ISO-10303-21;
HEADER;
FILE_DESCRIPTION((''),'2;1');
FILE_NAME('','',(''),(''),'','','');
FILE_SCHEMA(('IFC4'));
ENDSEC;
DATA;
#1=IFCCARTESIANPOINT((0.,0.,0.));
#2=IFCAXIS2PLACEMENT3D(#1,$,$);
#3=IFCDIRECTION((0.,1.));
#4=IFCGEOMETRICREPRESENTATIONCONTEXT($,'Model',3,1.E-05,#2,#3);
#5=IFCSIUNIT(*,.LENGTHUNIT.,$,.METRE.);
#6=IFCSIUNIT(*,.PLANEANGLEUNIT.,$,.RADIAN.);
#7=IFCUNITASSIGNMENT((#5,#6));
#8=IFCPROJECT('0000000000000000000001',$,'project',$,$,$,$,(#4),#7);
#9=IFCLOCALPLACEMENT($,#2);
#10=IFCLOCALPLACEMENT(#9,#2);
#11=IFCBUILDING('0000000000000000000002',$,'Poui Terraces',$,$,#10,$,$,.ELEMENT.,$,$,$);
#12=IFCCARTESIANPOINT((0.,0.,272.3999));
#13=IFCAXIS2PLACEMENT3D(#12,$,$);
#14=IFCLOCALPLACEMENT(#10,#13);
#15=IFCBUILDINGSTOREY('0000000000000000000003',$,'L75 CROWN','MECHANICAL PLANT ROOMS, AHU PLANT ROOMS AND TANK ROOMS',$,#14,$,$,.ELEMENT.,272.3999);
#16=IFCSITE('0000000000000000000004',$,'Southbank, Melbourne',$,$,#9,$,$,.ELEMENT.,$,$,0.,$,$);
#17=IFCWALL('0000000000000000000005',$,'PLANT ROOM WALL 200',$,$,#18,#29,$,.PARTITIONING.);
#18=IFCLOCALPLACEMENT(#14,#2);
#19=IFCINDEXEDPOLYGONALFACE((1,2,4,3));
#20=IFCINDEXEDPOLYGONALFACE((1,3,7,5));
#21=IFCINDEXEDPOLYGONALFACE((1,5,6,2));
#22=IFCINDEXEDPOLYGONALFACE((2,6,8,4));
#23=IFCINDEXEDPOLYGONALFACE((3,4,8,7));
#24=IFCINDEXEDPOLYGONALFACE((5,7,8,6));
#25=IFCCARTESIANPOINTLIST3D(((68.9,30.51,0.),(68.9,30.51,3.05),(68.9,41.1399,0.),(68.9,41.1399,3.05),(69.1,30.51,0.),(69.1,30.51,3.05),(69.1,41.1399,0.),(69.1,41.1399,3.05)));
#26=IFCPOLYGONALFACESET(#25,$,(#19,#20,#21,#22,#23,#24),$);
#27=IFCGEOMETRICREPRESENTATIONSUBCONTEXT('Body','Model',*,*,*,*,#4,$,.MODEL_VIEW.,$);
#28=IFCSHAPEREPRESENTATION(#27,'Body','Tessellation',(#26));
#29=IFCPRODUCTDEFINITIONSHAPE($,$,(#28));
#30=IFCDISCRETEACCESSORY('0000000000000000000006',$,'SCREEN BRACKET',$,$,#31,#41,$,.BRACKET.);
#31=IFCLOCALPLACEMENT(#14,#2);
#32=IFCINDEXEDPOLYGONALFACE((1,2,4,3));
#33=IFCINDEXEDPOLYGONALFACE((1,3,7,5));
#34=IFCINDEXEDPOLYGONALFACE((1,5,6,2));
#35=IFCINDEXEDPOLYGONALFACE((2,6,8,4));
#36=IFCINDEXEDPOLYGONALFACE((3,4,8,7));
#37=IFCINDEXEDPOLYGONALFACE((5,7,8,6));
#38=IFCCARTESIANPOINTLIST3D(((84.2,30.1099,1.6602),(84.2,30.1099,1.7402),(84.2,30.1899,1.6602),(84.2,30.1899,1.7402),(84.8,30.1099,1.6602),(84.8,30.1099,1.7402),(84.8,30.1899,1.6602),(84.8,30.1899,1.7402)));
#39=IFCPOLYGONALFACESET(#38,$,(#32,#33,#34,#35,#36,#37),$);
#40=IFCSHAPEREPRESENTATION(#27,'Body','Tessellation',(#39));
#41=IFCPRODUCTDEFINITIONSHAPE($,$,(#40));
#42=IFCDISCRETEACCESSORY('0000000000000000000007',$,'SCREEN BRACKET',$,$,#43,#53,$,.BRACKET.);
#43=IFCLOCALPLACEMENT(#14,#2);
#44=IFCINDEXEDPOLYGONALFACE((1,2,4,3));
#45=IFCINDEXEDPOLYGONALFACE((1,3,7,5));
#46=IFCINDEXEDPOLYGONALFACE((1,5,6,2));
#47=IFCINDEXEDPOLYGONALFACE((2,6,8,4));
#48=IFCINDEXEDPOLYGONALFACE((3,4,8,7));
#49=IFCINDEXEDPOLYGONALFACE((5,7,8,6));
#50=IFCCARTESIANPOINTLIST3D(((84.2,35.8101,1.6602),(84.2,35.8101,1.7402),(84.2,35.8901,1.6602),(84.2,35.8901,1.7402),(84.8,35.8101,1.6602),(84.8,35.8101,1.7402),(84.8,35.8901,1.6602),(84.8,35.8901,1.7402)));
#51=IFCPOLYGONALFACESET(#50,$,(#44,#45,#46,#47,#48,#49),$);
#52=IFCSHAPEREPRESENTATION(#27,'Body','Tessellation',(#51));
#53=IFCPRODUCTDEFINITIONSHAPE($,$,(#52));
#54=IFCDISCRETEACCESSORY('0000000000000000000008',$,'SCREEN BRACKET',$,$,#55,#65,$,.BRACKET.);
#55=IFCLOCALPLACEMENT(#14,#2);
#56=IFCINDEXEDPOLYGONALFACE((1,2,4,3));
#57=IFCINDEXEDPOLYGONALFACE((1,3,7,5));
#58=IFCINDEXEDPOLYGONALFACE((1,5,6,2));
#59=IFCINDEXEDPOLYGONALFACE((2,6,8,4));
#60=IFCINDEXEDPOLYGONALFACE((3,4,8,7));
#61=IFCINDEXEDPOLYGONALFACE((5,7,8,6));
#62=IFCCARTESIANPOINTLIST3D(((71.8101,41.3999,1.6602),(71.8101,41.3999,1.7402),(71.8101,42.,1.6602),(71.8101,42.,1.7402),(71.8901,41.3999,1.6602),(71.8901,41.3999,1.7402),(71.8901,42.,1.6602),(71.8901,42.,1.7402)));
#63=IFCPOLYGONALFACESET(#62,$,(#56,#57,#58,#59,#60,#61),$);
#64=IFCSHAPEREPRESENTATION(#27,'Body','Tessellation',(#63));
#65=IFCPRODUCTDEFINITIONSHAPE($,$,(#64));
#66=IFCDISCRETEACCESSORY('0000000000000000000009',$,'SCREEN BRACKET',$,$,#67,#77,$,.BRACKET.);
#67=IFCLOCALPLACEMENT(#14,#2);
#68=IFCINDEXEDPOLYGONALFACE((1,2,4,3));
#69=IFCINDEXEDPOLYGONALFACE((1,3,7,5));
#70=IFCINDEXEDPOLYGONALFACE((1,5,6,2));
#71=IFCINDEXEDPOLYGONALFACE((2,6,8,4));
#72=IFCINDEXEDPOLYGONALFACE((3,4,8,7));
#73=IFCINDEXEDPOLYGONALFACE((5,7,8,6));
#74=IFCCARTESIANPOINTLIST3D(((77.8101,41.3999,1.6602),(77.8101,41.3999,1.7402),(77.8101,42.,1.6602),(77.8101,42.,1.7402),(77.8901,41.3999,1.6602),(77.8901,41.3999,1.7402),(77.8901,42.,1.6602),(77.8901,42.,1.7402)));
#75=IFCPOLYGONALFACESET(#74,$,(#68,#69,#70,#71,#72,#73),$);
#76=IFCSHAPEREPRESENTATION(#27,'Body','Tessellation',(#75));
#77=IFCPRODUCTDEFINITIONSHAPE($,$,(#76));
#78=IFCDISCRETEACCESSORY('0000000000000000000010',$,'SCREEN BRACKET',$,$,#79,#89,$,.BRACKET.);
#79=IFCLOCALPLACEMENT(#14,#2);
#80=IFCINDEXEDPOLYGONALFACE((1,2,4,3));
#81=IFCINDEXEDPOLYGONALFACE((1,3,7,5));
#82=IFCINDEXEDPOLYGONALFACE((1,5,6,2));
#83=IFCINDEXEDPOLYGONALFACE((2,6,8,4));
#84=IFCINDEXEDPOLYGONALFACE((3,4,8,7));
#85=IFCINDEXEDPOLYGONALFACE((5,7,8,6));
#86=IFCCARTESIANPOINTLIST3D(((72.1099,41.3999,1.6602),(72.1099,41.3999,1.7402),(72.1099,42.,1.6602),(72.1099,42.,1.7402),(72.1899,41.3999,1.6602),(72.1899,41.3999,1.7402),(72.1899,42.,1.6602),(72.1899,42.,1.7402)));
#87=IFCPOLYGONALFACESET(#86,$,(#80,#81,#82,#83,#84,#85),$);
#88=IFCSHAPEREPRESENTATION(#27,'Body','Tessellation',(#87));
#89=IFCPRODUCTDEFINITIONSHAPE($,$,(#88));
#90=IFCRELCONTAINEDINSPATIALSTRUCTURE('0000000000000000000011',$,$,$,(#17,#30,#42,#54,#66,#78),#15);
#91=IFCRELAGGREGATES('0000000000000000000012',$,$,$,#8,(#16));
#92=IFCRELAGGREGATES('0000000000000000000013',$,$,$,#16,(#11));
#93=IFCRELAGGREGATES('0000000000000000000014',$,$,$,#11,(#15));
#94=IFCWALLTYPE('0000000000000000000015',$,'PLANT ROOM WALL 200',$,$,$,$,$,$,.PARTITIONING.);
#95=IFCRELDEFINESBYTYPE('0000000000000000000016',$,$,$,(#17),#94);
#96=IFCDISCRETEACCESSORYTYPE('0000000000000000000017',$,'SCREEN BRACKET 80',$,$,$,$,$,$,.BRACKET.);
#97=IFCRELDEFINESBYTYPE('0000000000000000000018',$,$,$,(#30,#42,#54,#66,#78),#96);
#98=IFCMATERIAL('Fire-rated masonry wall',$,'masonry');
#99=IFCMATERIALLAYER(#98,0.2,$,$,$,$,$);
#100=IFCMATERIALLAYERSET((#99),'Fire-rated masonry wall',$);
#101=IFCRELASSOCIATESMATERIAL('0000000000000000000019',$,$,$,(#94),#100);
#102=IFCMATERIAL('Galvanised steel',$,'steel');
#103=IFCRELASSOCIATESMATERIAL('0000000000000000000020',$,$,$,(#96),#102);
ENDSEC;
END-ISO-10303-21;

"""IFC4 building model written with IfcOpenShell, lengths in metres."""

from ifc_helpers import new_model, si_unit, direction, frame, frame_2d, origin, origin_2d, place, context, subcontext, project, spatial, rectangle, extrude, source, transform, mapped, material, layer, layer_set, material_profile, profile_set, type_object, element, save


model = new_model("IFC4")

# Units and contexts
model_context = context("Model", 3, precision=1e-05, world=origin(), true_north=direction((0.0, 1.0)))
body_context = subcontext(model_context, "Body", "Model", "MODEL_VIEW")
ifc_project = project(units=[si_unit("LENGTHUNIT", "METRE"), si_unit("PLANEANGLEUNIT", "RADIAN")], contexts=[model_context])

# Site, building, storey
site_placement = place(None, origin())
site = spatial("IfcSite", under=ifc_project, at=site_placement, Name="Southbank, Melbourne", CompositionType="ELEMENT", RefElevation=0.0)
building_placement = place(site_placement, origin())
building = spatial("IfcBuilding", under=site, at=building_placement, Name="Poui Terraces", CompositionType="ELEMENT")
storey_placement = place(building_placement, frame((0.0, 0.0, 272.3999)))
storey = spatial("IfcBuildingStorey", under=building, at=storey_placement, Name="L75 CROWN", Description="MECHANICAL PLANT ROOMS, AHU PLANT ROOMS AND TANK ROOMS", CompositionType="ELEMENT", Elevation=272.3999)

# Wall
ifc_material_1 = material(Name="Fire-rated masonry wall", Category="masonry")
ifc_layer_1 = layer(ifc_material_1, 0.2)
ifc_layer_set_1 = layer_set([ifc_layer_1], Name="Fire-rated masonry wall")
wall_type_1 = type_object("IfcWallType", Name="PLANT ROOM WALL 200", PredefinedType="PARTITIONING", material=ifc_layer_set_1)
wall_1_placement = place(storey_placement, frame((69.0, 30.51, 0.0), z_axis=(0.0, 0.0, 1.0), x_axis=(0.0, 1.0, 0.0)))
element("IfcWall", 1, at=wall_1_placement, inside=storey, type_object=wall_type_1, Name="PLANT ROOM WALL 200", PredefinedType="PARTITIONING", context=body_context, shape_type="SweptSolid", body=[
    extrude(rectangle(XDim=10.6299, YDim=0.2, at=frame_2d((5.3149, 0.0))), origin(), (0.0, 0.0, 1.0), 3.05),
])

# Discrete accessories
ifc_material_2 = material(Name="Galvanised steel", Category="steel")
ifc_material_profile_1 = material_profile(ifc_material_2, rectangle(XDim=0.0801, YDim=0.0801, at=origin_2d()), Name="SCREEN BRACKET 80")
ifc_profile_set_1 = profile_set([ifc_material_profile_1], Name="Galvanised steel")
discrete_accessory_type = type_object("IfcDiscreteAccessoryType", Name="SCREEN BRACKET 80", PredefinedType="BRACKET", material=ifc_profile_set_1)
shared_shape_1 = source(origin(), body_context, "Body", "SweptSolid", [
    extrude(rectangle(XDim=0.0801, YDim=0.0801, at=origin_2d()), origin(), (0.0, 0.0, 1.0), 0.6001),
])
for number, where, z_axis, x_axis, name in (
    (2, (84.2, 30.1499, 1.7002), (1.0, 0.0, 0.0), (0.0, 1.0, 0.0), "SCREEN BRACKET"),
    (3, (84.2, 35.8501, 1.7002), (1.0, 0.0, 0.0), (0.0, 1.0, 0.0), "SCREEN BRACKET"),
    (4, (71.8501, 41.3999, 1.7002), (0.0, 1.0, 0.0), (-1.0, 0.0, 0.0), "SCREEN BRACKET"),
    (5, (77.8501, 41.3999, 1.7002), (0.0, 1.0, 0.0), (-1.0, 0.0, 0.0), "SCREEN BRACKET"),
    (6, (72.1499, 41.3999, 1.7002), (0.0, 1.0, 0.0), (-1.0, 0.0, 0.0), "SCREEN BRACKET"),
):
    element("IfcDiscreteAccessory", number, at=place(storey_placement, frame(where, z_axis=z_axis, x_axis=x_axis)), inside=storey, type_object=discrete_accessory_type, Name=name, PredefinedType="BRACKET", context=body_context, shape_type="MappedRepresentation", body=[
        mapped(shared_shape_1, transform((0.0, 0.0, 0.0))),
    ])

save(model, "model.ifc")
